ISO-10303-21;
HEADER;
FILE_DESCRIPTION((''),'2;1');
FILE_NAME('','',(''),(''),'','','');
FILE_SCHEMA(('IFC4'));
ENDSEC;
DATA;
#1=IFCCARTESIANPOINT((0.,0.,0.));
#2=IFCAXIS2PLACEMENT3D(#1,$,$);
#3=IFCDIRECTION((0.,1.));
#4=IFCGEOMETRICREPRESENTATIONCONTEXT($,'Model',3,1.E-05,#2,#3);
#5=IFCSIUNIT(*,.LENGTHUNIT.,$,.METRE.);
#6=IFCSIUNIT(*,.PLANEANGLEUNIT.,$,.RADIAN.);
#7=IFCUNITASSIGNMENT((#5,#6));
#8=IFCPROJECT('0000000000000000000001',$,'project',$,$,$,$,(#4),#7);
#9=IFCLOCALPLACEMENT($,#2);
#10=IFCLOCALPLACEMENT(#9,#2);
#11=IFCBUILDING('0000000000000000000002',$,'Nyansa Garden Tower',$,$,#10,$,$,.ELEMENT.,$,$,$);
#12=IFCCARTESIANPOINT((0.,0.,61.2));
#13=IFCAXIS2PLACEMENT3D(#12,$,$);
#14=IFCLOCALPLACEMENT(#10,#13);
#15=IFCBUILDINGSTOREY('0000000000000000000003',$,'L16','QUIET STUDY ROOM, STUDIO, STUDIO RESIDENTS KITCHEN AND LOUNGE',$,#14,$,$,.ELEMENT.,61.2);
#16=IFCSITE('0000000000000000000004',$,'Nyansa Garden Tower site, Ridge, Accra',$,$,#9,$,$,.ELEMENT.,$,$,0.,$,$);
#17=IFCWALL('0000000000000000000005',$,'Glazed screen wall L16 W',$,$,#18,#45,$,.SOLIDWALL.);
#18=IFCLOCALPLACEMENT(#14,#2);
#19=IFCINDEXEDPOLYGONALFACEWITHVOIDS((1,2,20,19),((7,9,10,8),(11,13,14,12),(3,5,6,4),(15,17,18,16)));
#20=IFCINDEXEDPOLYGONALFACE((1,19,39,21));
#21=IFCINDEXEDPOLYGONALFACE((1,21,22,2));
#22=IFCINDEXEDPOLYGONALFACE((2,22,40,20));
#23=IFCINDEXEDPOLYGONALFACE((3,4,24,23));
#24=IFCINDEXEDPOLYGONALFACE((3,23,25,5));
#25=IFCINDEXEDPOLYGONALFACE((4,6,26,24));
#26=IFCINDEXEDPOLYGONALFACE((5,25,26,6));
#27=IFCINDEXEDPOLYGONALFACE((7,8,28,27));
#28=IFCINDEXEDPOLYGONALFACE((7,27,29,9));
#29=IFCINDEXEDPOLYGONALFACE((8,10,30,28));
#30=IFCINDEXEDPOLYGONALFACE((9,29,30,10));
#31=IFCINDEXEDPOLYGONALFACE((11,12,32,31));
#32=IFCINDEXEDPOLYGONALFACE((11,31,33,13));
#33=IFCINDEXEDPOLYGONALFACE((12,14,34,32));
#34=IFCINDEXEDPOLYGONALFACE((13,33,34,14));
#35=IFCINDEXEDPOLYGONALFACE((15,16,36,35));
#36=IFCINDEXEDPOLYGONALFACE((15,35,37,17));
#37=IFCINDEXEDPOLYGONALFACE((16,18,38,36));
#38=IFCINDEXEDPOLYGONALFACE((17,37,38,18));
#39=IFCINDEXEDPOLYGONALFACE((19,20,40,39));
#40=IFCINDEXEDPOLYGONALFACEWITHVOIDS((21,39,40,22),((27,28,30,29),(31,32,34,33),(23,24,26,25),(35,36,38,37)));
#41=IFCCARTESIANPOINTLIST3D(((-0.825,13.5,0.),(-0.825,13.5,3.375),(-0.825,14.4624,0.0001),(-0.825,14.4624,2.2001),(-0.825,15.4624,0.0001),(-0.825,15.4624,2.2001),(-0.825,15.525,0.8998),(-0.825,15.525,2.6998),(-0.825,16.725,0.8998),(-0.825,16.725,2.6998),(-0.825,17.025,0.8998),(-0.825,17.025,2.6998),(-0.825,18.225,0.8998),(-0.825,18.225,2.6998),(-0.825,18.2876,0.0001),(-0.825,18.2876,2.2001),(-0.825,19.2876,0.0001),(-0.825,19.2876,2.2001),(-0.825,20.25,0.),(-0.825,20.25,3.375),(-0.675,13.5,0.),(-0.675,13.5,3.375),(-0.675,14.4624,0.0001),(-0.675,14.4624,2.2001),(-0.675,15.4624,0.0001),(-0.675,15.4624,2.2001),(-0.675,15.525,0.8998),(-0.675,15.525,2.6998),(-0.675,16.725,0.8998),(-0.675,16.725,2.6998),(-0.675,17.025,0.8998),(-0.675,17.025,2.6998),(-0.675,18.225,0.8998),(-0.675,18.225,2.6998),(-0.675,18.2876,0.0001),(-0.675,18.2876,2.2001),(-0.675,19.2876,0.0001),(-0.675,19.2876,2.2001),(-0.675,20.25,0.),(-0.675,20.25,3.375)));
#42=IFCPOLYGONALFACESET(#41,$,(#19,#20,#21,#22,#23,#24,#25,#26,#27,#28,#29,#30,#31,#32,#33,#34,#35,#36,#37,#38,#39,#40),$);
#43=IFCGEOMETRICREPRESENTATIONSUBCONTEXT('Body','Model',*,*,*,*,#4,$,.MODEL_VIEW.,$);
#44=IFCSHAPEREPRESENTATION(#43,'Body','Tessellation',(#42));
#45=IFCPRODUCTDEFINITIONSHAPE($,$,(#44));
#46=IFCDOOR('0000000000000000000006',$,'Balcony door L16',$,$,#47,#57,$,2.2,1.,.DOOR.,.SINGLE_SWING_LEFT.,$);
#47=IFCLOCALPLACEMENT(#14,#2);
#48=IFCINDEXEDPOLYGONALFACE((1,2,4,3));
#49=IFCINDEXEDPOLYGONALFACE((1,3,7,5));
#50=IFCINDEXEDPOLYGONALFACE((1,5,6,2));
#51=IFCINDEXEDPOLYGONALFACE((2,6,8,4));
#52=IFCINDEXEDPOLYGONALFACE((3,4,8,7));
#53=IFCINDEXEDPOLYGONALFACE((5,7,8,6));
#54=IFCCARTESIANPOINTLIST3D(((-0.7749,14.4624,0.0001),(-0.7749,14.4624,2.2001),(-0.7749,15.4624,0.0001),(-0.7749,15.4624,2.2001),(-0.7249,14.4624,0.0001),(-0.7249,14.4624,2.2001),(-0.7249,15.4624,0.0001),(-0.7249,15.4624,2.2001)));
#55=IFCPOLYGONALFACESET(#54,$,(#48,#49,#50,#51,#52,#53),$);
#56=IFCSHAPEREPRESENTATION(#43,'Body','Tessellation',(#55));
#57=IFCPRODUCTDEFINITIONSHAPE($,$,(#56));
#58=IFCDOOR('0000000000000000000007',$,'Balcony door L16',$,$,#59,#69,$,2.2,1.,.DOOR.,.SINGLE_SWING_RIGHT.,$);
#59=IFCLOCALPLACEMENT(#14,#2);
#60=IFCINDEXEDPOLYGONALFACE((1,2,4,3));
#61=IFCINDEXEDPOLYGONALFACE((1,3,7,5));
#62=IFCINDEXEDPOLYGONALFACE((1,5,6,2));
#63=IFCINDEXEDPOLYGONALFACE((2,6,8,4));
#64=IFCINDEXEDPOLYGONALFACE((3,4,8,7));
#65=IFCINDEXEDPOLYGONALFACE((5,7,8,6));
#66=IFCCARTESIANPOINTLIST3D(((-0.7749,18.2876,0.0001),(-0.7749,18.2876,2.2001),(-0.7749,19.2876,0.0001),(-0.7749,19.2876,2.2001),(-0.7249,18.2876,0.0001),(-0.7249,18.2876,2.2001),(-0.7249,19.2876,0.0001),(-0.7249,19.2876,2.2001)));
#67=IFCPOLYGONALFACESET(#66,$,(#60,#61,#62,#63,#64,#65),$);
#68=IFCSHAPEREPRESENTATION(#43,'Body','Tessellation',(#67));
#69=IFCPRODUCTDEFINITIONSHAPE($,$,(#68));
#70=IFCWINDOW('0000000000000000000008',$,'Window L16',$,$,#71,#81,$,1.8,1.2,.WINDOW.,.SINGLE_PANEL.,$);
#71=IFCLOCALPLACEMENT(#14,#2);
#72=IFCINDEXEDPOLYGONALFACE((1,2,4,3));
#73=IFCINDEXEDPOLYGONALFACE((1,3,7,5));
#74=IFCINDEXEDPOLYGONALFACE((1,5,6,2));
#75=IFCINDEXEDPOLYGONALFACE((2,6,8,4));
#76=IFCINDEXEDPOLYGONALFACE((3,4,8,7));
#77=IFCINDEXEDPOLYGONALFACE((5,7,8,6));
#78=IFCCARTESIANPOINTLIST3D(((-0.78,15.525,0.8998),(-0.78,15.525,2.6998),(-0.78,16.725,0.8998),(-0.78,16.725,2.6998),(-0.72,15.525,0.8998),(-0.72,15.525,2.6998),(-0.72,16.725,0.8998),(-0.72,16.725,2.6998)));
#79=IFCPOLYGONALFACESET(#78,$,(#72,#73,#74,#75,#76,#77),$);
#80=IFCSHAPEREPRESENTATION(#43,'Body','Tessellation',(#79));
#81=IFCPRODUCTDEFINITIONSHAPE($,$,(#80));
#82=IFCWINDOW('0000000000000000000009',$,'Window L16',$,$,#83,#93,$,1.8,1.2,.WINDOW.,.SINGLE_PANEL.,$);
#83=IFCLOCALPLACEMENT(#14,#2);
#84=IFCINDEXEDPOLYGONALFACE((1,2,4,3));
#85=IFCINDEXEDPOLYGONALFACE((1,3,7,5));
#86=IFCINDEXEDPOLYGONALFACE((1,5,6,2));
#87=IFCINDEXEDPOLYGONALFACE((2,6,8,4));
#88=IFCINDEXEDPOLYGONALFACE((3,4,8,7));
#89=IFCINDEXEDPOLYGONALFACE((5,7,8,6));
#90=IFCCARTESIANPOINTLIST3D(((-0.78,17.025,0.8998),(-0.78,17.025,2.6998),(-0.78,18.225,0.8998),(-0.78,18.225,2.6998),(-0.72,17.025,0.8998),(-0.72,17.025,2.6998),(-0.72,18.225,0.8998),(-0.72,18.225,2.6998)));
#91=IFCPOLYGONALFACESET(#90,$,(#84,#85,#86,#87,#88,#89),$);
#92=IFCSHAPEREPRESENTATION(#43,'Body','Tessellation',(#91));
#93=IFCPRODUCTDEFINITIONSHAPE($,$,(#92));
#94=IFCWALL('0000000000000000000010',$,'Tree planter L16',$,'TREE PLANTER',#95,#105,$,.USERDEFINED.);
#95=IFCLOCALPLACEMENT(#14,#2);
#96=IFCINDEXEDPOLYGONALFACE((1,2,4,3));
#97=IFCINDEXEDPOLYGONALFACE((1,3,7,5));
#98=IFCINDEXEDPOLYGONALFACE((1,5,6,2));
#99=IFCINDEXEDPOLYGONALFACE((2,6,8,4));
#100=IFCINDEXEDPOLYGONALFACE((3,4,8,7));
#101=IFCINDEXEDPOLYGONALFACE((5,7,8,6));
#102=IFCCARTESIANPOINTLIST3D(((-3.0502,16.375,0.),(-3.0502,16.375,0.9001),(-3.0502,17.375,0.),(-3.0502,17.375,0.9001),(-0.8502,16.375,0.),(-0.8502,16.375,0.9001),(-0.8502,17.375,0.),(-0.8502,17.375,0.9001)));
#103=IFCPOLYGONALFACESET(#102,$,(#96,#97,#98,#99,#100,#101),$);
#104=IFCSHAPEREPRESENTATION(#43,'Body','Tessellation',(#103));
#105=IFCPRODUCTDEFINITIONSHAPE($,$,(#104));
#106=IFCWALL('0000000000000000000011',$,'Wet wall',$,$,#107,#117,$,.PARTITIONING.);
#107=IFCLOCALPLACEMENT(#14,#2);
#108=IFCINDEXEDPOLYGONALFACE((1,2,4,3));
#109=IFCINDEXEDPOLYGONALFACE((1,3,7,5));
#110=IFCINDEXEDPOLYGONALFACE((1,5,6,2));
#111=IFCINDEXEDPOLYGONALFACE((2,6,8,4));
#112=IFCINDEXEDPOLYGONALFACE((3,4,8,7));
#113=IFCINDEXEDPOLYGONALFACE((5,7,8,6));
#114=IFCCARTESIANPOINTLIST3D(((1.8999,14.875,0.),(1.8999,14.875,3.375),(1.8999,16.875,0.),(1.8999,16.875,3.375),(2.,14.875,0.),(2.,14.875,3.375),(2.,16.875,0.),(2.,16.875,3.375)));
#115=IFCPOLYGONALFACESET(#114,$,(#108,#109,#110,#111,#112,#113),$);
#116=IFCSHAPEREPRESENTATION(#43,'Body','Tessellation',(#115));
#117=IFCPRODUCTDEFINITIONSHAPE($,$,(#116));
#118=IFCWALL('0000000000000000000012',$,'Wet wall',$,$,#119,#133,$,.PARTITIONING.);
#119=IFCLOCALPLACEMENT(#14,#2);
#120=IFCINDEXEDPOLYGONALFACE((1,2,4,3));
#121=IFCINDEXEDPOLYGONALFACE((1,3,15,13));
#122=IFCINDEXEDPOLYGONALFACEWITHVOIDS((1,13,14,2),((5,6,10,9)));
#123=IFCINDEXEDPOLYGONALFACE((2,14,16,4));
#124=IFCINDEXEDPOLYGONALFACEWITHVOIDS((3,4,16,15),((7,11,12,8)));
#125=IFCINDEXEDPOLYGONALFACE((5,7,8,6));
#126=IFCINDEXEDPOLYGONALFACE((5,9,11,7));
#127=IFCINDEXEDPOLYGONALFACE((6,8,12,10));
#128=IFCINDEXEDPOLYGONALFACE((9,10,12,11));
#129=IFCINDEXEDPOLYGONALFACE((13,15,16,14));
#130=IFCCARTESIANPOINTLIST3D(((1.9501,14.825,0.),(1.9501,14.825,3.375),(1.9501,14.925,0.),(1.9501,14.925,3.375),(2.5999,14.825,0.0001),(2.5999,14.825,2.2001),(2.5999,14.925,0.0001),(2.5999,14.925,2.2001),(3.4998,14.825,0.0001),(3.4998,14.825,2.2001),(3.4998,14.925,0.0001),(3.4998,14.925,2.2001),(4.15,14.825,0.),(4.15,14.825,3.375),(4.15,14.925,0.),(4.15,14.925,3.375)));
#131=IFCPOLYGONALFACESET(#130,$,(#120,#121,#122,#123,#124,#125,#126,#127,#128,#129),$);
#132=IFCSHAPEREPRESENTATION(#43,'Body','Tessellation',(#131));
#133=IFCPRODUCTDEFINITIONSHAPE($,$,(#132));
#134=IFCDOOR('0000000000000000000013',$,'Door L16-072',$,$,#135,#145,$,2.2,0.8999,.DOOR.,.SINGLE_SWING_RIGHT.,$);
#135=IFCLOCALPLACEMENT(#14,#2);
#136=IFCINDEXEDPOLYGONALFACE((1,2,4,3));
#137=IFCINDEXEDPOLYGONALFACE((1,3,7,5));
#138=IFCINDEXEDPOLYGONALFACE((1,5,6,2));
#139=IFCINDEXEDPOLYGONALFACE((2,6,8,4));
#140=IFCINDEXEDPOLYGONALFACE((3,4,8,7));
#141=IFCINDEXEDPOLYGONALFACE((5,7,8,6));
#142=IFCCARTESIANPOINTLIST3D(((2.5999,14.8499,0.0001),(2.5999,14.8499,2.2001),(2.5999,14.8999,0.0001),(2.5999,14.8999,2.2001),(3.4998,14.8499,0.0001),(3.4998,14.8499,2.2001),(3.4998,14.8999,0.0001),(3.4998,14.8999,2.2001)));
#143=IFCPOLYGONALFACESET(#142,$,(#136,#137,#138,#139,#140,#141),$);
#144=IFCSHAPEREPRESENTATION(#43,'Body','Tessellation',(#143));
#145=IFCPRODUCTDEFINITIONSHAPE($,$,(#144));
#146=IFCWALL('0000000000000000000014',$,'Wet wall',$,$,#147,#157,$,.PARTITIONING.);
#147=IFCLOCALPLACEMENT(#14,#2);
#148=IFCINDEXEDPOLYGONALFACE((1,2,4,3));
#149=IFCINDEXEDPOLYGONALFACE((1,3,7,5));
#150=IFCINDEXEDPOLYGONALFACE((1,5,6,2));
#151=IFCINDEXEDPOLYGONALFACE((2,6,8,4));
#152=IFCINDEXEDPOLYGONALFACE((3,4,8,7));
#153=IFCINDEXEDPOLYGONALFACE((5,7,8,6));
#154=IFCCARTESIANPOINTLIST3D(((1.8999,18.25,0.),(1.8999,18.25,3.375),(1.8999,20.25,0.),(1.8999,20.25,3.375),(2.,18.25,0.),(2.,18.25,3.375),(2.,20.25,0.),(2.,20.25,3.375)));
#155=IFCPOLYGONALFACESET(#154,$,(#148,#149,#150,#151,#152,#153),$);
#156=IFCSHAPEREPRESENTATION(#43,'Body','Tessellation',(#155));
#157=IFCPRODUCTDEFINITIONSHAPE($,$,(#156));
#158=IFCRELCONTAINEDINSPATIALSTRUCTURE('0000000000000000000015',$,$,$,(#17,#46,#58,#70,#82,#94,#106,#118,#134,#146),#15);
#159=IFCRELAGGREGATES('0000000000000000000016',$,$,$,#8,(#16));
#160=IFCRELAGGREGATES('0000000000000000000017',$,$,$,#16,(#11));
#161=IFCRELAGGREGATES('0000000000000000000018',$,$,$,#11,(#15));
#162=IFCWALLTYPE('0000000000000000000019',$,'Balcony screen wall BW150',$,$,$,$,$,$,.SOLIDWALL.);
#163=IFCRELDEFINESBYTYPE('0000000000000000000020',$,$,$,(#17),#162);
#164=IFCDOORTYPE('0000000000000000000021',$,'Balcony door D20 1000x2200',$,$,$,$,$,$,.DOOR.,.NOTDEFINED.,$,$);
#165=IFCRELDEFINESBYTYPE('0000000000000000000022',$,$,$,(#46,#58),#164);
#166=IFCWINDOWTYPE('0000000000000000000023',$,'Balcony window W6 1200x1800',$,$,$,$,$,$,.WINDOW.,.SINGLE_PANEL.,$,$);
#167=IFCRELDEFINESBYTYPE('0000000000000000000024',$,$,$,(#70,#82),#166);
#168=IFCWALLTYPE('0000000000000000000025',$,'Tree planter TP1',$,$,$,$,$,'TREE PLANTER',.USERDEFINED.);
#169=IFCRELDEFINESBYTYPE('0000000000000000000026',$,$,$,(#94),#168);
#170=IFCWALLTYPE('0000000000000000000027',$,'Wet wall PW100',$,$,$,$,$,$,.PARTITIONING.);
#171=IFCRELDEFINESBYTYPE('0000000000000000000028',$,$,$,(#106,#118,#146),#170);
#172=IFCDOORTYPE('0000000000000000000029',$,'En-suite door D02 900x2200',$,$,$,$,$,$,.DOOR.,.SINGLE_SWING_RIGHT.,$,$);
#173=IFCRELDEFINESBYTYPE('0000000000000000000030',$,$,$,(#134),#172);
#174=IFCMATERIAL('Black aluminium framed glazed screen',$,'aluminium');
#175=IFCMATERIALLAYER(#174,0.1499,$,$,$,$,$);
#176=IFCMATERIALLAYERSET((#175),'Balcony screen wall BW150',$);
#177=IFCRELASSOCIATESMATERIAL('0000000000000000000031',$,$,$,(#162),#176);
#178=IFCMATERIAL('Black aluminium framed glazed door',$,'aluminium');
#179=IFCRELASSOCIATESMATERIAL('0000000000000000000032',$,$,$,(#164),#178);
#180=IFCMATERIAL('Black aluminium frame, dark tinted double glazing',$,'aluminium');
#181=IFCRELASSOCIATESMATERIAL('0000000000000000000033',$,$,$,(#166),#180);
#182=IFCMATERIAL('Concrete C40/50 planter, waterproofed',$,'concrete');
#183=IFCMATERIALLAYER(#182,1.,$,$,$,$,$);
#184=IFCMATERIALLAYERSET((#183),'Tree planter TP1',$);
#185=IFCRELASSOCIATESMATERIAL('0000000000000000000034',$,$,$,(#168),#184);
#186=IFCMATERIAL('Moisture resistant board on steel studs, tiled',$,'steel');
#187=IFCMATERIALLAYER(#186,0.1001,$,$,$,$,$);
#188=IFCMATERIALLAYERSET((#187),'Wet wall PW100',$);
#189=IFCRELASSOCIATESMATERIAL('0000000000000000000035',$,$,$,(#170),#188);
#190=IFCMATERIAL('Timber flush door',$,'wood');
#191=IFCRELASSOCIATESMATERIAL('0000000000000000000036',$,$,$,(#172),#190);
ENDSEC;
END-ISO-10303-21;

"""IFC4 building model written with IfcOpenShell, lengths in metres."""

from ifc_helpers import new_model, si_unit, direction, frame, frame_2d, origin, place, context, subcontext, project, spatial, rectangle, extrude, material, layer, layer_set, type_object, element, fill, save


model = new_model("IFC4")

# Units and contexts
model_context = context("Model", 3, precision=1e-05, world=origin(), true_north=direction((0.0, 1.0)))
body_context = subcontext(model_context, "Body", "Model", "MODEL_VIEW")
ifc_project = project(units=[si_unit("LENGTHUNIT", "METRE"), si_unit("PLANEANGLEUNIT", "RADIAN")], contexts=[model_context])

# Site, building, storey
site_placement = place(None, origin())
site = spatial("IfcSite", under=ifc_project, at=site_placement, Name="Nyansa Garden Tower site, Ridge, Accra", CompositionType="ELEMENT", RefElevation=0.0)
building_placement = place(site_placement, origin())
building = spatial("IfcBuilding", under=site, at=building_placement, Name="Nyansa Garden Tower", CompositionType="ELEMENT")
storey_placement = place(building_placement, frame((0.0, 0.0, 61.2)))
storey = spatial("IfcBuildingStorey", under=building, at=storey_placement, Name="L16", Description="QUIET STUDY ROOM, STUDIO, STUDIO RESIDENTS KITCHEN AND LOUNGE", CompositionType="ELEMENT", Elevation=61.2)

# Wall, openings, doors, windows
ifc_material_1 = material(Name="Black aluminium framed glazed screen", Category="aluminium")
ifc_layer_1 = layer(ifc_material_1, 0.1499)
ifc_layer_set_1 = layer_set([ifc_layer_1], Name="Balcony screen wall BW150")
wall_type_1 = type_object("IfcWallType", Name="Balcony screen wall BW150", PredefinedType="SOLIDWALL", material=ifc_layer_set_1)
wall_1_placement = place(storey_placement, frame((-0.75, 13.5, 0.0), z_axis=(0.0, 0.0, 1.0), x_axis=(0.0, 1.0, 0.0)))
wall_1 = element("IfcWall", 1, at=wall_1_placement, inside=storey, type_object=wall_type_1, Name="Glazed screen wall L16 W", PredefinedType="SOLIDWALL", context=body_context, shape_type="SweptSolid", body=[
    extrude(rectangle(XDim=6.75, YDim=0.1499, at=frame_2d((3.375, 0.0))), origin(), (0.0, 0.0, 1.0), 3.375),
])
opening_1_placement = place(wall_1_placement, frame((0.9624, 0.0, 0.0)))
opening_1 = element("IfcOpeningElement", 2, at=opening_1_placement, cuts=wall_1, PredefinedType="OPENING", context=body_context, shape_type="SweptSolid", body=[
    extrude(rectangle(XDim=1.0, YDim=2.2, at=frame_2d((0.5, 1.1001))), frame((0.0, 0.085, 0.0), z_axis=(0.0, -1.0, 0.0), x_axis=(1.0, 0.0, 0.0)), (0.0, 0.0, 1.0), 0.1699),
])
opening_2_placement = place(wall_1_placement, frame((2.0249, 0.0, 0.8999)))
opening_2 = element("IfcOpeningElement", 3, at=opening_2_placement, cuts=wall_1, PredefinedType="OPENING", context=body_context, shape_type="SweptSolid", body=[
    extrude(rectangle(XDim=1.2, YDim=1.8, at=frame_2d((0.6001, 0.8999))), frame((0.0, 0.085, 0.0), z_axis=(0.0, -1.0, 0.0), x_axis=(1.0, 0.0, 0.0)), (0.0, 0.0, 1.0), 0.1699),
])
opening_3_placement = place(wall_1_placement, frame((4.7876, 0.0, 0.0)))
opening_3 = element("IfcOpeningElement", 4, at=opening_3_placement, cuts=wall_1, PredefinedType="OPENING", context=body_context, shape_type="SweptSolid", body=[
    extrude(rectangle(XDim=1.0, YDim=2.2, at=frame_2d((0.5, 1.1001))), frame((0.0, 0.085, 0.0), z_axis=(0.0, -1.0, 0.0), x_axis=(1.0, 0.0, 0.0)), (0.0, 0.0, 1.0), 0.1699),
])
opening_4_placement = place(wall_1_placement, frame((3.5249, 0.0, 0.8999)))
opening_4 = element("IfcOpeningElement", 5, at=opening_4_placement, cuts=wall_1, PredefinedType="OPENING", context=body_context, shape_type="SweptSolid", body=[
    extrude(rectangle(XDim=1.2, YDim=1.8, at=frame_2d((0.6001, 0.8999))), frame((0.0, 0.085, 0.0), z_axis=(0.0, -1.0, 0.0), x_axis=(1.0, 0.0, 0.0)), (0.0, 0.0, 1.0), 0.1699),
])
ifc_material_2 = material(Name="Black aluminium framed glazed door", Category="aluminium")
door_type_1 = type_object("IfcDoorType", Name="Balcony door D20 1000x2200", OperationType="NOTDEFINED", PredefinedType="DOOR", material=ifc_material_2)
door_1_placement = place(opening_1_placement, origin())
door_1 = element("IfcDoor", 6, at=door_1_placement, inside=storey, type_object=door_type_1, Name="Balcony door L16", OperationType="SINGLE_SWING_LEFT", OverallHeight=2.2, OverallWidth=1.0, PredefinedType="DOOR", context=body_context, shape_type="SweptSolid", body=[
    extrude(rectangle(XDim=1.0, YDim=2.2, at=frame_2d((0.5, 1.1001))), frame((0.0, 0.0249, 0.0), z_axis=(0.0, -1.0, 0.0), x_axis=(1.0, 0.0, 0.0)), (0.0, 0.0, 1.0), 0.05),
])
fill(opening_1, door_1)
door_2_placement = place(opening_3_placement, origin())
door_2 = element("IfcDoor", 7, at=door_2_placement, inside=storey, type_object=door_type_1, Name="Balcony door L16", OperationType="SINGLE_SWING_RIGHT", OverallHeight=2.2, OverallWidth=1.0, PredefinedType="DOOR", context=body_context, shape_type="SweptSolid", body=[
    extrude(rectangle(XDim=1.0, YDim=2.2, at=frame_2d((0.5, 1.1001))), frame((0.0, 0.0249, 0.0), z_axis=(0.0, -1.0, 0.0), x_axis=(1.0, 0.0, 0.0)), (0.0, 0.0, 1.0), 0.05),
])
fill(opening_3, door_2)
ifc_material_3 = material(Name="Black aluminium frame, dark tinted double glazing", Category="aluminium")
window_type = type_object("IfcWindowType", Name="Balcony window W6 1200x1800", PartitioningType="SINGLE_PANEL", PredefinedType="WINDOW", material=ifc_material_3)
window_1_placement = place(opening_2_placement, origin())
window_1 = element("IfcWindow", 8, at=window_1_placement, inside=storey, type_object=window_type, Name="Window L16", OverallHeight=1.8, OverallWidth=1.2, PartitioningType="SINGLE_PANEL", PredefinedType="WINDOW", context=body_context, shape_type="SweptSolid", body=[
    extrude(rectangle(XDim=1.2, YDim=1.8, at=frame_2d((0.6001, 0.8999))), frame((0.0, 0.03, 0.0), z_axis=(0.0, -1.0, 0.0), x_axis=(1.0, 0.0, 0.0)), (0.0, 0.0, 1.0), 0.0601),
])
fill(opening_2, window_1)
window_2_placement = place(opening_4_placement, origin())
window_2 = element("IfcWindow", 9, at=window_2_placement, inside=storey, type_object=window_type, Name="Window L16", OverallHeight=1.8, OverallWidth=1.2, PartitioningType="SINGLE_PANEL", PredefinedType="WINDOW", context=body_context, shape_type="SweptSolid", body=[
    extrude(rectangle(XDim=1.2, YDim=1.8, at=frame_2d((0.6001, 0.8999))), frame((0.0, 0.03, 0.0), z_axis=(0.0, -1.0, 0.0), x_axis=(1.0, 0.0, 0.0)), (0.0, 0.0, 1.0), 0.0601),
])
fill(opening_4, window_2)

# Walls
ifc_material_4 = material(Name="Concrete C40/50 planter, waterproofed", Category="concrete")
ifc_layer_2 = layer(ifc_material_4, 1.0)
ifc_layer_set_2 = layer_set([ifc_layer_2], Name="Tree planter TP1")
wall_type_2 = type_object("IfcWallType", Name="Tree planter TP1", ElementType="TREE PLANTER", PredefinedType="USERDEFINED", material=ifc_layer_set_2)
wall_2_placement = place(storey_placement, frame((-0.8501, 16.875, 0.0), z_axis=(0.0, 0.0, 1.0), x_axis=(-1.0, 0.0, 0.0)))
element("IfcWall", 10, at=wall_2_placement, inside=storey, type_object=wall_type_2, Name="Tree planter L16", ObjectType="TREE PLANTER", PredefinedType="USERDEFINED", context=body_context, shape_type="SweptSolid", body=[
    extrude(rectangle(XDim=2.2, YDim=1.0, at=frame_2d((1.1001, 0.0))), origin(), (0.0, 0.0, 1.0), 0.9001),
])
ifc_material_5 = material(Name="Moisture resistant board on steel studs, tiled", Category="steel")
ifc_layer_3 = layer(ifc_material_5, 0.1001)
ifc_layer_set_3 = layer_set([ifc_layer_3], Name="Wet wall PW100")
wall_type_3 = type_object("IfcWallType", Name="Wet wall PW100", PredefinedType="PARTITIONING", material=ifc_layer_set_3)
wall_3_placement = place(storey_placement, frame((1.95, 14.875, 0.0), z_axis=(0.0, 0.0, 1.0), x_axis=(0.0, 1.0, 0.0)))
element("IfcWall", 11, at=wall_3_placement, inside=storey, type_object=wall_type_3, Name="Wet wall", PredefinedType="PARTITIONING", context=body_context, shape_type="SweptSolid", body=[
    extrude(rectangle(XDim=2.0, YDim=0.1001, at=frame_2d((1.0, 0.0))), origin(), (0.0, 0.0, 1.0), 3.375),
])

# Wall, opening, door
wall_4_placement = place(storey_placement, frame((1.95, 14.875, 0.0), z_axis=(0.0, 0.0, 1.0), x_axis=(1.0, 0.0, 0.0)))
wall_4 = element("IfcWall", 12, at=wall_4_placement, inside=storey, type_object=wall_type_3, Name="Wet wall", PredefinedType="PARTITIONING", context=body_context, shape_type="SweptSolid", body=[
    extrude(rectangle(XDim=2.2, YDim=0.1001, at=frame_2d((1.1001, 0.0))), origin(), (0.0, 0.0, 1.0), 3.375),
])
opening_5_placement = place(wall_4_placement, frame((0.6499, 0.0, 0.0)))
opening_5 = element("IfcOpeningElement", 13, at=opening_5_placement, cuts=wall_4, PredefinedType="OPENING", context=body_context, shape_type="SweptSolid", body=[
    extrude(rectangle(XDim=0.8999, YDim=2.2, at=frame_2d((0.45, 1.1001))), frame((0.0, 0.0601, 0.0), z_axis=(0.0, -1.0, 0.0), x_axis=(1.0, 0.0, 0.0)), (0.0, 0.0, 1.0), 0.1201),
])
ifc_material_6 = material(Name="Timber flush door", Category="wood")
door_type_2 = type_object("IfcDoorType", Name="En-suite door D02 900x2200", OperationType="SINGLE_SWING_RIGHT", PredefinedType="DOOR", material=ifc_material_6)
door_3_placement = place(opening_5_placement, origin())
door_3 = element("IfcDoor", 14, at=door_3_placement, inside=storey, type_object=door_type_2, Name="Door L16-072", OperationType="SINGLE_SWING_RIGHT", OverallHeight=2.2, OverallWidth=0.8999, PredefinedType="DOOR", context=body_context, shape_type="SweptSolid", body=[
    extrude(rectangle(XDim=0.8999, YDim=2.2, at=frame_2d((0.45, 1.1001))), frame((0.0, 0.0249, 0.0), z_axis=(0.0, -1.0, 0.0), x_axis=(1.0, 0.0, 0.0)), (0.0, 0.0, 1.0), 0.05),
])
fill(opening_5, door_3)

# Wall
wall_5_placement = place(storey_placement, frame((1.95, 18.25, 0.0), z_axis=(0.0, 0.0, 1.0), x_axis=(0.0, 1.0, 0.0)))
element("IfcWall", 15, at=wall_5_placement, inside=storey, type_object=wall_type_3, Name="Wet wall", PredefinedType="PARTITIONING", context=body_context, shape_type="SweptSolid", body=[
    extrude(rectangle(XDim=2.0, YDim=0.1001, at=frame_2d((1.0, 0.0))), origin(), (0.0, 0.0, 1.0), 3.375),
])

save(model, "model.ifc")
